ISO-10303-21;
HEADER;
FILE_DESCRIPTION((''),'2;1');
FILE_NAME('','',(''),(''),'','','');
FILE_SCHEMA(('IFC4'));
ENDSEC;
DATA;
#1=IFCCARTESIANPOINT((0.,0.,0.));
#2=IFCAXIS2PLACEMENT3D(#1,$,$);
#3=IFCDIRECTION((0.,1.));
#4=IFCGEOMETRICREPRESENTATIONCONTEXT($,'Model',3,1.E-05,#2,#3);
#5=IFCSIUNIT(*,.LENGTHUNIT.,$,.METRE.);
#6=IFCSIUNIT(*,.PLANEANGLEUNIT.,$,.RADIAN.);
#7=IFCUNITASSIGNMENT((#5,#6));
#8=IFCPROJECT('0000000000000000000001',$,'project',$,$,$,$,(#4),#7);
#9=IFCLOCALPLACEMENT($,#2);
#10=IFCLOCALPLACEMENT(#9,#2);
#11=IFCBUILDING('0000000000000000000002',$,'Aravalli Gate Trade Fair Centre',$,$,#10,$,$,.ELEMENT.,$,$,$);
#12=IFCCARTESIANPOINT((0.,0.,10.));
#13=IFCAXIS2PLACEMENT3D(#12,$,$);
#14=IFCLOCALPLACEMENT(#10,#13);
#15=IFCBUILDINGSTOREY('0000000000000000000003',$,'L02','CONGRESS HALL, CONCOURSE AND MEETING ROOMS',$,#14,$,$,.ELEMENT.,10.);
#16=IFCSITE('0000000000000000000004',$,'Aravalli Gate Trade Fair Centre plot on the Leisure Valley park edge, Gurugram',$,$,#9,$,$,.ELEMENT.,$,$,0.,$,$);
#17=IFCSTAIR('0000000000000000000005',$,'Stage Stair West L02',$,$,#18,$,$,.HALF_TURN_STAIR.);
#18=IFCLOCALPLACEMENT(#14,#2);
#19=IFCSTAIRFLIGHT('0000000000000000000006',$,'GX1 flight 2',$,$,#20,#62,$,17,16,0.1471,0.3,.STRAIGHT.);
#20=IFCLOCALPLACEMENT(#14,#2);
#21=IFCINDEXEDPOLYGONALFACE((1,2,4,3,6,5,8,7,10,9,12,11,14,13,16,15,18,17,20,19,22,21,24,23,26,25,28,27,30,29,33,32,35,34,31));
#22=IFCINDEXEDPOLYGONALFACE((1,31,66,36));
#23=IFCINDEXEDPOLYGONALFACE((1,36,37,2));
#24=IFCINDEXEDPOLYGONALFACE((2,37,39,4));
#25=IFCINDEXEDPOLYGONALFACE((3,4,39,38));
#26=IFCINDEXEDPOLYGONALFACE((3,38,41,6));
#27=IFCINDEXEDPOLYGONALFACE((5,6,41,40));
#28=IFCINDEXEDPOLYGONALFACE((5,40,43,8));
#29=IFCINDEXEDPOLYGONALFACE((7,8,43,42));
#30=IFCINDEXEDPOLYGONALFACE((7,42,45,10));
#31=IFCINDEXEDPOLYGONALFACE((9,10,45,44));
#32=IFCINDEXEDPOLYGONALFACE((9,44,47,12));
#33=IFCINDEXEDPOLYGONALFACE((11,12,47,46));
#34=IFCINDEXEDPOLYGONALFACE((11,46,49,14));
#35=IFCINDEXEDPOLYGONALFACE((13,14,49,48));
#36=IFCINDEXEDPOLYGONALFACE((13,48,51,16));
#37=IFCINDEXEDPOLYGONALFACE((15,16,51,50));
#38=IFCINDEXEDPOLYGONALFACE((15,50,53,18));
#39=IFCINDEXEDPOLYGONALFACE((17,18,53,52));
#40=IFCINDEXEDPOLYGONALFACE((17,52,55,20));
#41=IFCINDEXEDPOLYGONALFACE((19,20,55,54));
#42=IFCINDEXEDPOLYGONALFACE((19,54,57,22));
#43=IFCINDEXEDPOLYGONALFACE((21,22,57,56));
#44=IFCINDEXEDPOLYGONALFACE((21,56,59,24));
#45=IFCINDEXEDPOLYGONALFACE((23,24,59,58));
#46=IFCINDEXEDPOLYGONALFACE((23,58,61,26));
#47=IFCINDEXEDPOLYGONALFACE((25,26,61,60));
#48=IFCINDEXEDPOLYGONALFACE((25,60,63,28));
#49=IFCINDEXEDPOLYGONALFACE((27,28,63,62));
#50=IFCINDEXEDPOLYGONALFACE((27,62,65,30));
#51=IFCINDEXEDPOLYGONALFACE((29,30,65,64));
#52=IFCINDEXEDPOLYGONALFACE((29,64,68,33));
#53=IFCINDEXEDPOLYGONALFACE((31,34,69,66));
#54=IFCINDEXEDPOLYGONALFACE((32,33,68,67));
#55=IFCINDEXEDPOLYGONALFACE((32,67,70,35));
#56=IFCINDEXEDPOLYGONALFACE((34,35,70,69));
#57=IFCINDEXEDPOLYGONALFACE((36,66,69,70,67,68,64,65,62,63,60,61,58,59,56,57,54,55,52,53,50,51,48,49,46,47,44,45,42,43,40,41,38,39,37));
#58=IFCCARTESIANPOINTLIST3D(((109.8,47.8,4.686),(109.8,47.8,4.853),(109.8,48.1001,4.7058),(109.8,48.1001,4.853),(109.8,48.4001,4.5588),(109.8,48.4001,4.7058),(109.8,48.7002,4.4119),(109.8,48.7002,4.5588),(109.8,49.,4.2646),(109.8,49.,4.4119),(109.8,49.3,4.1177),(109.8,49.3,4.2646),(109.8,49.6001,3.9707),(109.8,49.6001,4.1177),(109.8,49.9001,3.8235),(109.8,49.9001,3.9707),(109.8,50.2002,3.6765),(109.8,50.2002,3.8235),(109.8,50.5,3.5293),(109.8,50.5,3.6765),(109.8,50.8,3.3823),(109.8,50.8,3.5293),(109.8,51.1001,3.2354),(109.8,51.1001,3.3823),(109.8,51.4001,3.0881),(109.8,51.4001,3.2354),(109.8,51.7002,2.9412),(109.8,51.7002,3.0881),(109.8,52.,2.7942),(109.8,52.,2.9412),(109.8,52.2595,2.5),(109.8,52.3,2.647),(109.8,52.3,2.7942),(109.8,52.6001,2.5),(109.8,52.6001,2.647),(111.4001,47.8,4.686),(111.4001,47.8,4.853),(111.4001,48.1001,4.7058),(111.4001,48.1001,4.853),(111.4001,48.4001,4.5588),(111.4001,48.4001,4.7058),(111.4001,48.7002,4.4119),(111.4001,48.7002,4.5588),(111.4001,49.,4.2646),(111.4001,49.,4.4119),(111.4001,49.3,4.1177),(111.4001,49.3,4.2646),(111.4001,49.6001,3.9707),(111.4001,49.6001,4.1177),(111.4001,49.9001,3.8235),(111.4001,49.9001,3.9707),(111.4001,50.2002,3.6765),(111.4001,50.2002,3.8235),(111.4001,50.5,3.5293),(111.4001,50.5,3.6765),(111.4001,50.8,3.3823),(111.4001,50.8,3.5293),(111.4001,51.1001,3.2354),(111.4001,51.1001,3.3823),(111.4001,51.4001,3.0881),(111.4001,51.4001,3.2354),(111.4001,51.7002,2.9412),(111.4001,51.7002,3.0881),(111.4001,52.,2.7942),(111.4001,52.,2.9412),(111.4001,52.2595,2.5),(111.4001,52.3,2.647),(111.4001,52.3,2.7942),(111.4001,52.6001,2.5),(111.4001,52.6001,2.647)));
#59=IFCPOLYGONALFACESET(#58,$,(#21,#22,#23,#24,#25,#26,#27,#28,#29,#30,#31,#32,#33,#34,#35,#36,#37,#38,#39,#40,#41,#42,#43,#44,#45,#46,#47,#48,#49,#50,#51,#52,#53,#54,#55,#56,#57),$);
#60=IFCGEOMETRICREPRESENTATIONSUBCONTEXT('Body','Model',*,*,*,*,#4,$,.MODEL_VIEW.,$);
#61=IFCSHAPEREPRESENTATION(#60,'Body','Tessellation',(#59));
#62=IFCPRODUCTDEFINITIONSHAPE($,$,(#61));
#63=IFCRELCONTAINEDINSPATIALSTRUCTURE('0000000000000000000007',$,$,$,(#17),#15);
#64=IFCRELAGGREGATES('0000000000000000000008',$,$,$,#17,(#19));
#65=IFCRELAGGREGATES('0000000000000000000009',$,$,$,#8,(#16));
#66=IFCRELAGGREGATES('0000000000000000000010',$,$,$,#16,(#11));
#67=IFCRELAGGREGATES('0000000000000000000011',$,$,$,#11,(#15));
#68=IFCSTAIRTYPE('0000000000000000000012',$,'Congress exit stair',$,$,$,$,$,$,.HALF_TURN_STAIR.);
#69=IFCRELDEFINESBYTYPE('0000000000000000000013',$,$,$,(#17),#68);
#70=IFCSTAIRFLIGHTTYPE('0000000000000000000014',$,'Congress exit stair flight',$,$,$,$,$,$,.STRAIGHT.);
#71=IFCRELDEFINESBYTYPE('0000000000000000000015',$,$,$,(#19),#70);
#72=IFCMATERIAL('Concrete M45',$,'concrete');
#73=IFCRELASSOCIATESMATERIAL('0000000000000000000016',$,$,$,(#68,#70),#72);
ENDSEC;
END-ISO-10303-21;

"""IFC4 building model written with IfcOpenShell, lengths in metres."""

from ifc_helpers import new_model, si_unit, direction, frame, origin, place, context, subcontext, project, spatial, polyline, outline, extrude, material, type_object, element, aggregate, save


model = new_model("IFC4")

# Units and contexts
model_context = context("Model", 3, precision=1e-05, world=origin(), true_north=direction((0.0, 1.0)))
body_context = subcontext(model_context, "Body", "Model", "MODEL_VIEW")
ifc_project = project(units=[si_unit("LENGTHUNIT", "METRE"), si_unit("PLANEANGLEUNIT", "RADIAN")], contexts=[model_context])

# Site, building, storey
site_placement = place(None, origin())
site = spatial("IfcSite", under=ifc_project, at=site_placement, Name="Aravalli Gate Trade Fair Centre plot on the Leisure Valley park edge, Gurugram", CompositionType="ELEMENT", RefElevation=0.0)
building_placement = place(site_placement, origin())
building = spatial("IfcBuilding", under=site, at=building_placement, Name="Aravalli Gate Trade Fair Centre", CompositionType="ELEMENT")
storey_placement = place(building_placement, frame((0.0, 0.0, 10.0)))
storey = spatial("IfcBuildingStorey", under=building, at=storey_placement, Name="L02", Description="CONGRESS HALL, CONCOURSE AND MEETING ROOMS", CompositionType="ELEMENT", Elevation=10.0)

# Shared definitions
ifc_material_1 = material(Name="Concrete M45", Category="concrete")

# Stair, stair flight
stair_type = type_object("IfcStairType", Name="Congress exit stair", PredefinedType="HALF_TURN_STAIR", material=ifc_material_1)
stair_placement = place(storey_placement, origin())
stair = element("IfcStair", 1, at=stair_placement, inside=storey, type_object=stair_type, Name="Stage Stair West L02", PredefinedType="HALF_TURN_STAIR")
stair_flight_type = type_object("IfcStairFlightType", Name="Congress exit stair flight", PredefinedType="STRAIGHT", material=ifc_material_1)
stair_flight_placement = place(storey_placement, frame((110.6001, 52.6001, 2.5), z_axis=(0.0, 0.0, 1.0), x_axis=(0.0, -1.0, 0.0)))
stair_flight = element("IfcStairFlight", 2, at=stair_flight_placement, type_object=stair_flight_type, Name="GX1 flight 2", NumberOfRisers=17, NumberOfTreads=16, PredefinedType="STRAIGHT", RiserHeight=0.1471, TreadLength=0.3, context=body_context, shape_type="SweptSolid", body=[
    extrude(outline(polyline([(0.0, 0.0), (0.0, 0.147), (0.3, 0.147), (0.3, 0.2942), (0.6001, 0.2942), (0.6001, 0.4412), (0.8999, 0.4412), (0.8999, 0.5881), (1.2, 0.5881), (1.2, 0.7354), (1.5, 0.7354), (1.5, 0.8823), (1.8, 0.8823), (1.8, 1.0293), (2.1001, 1.0293), (2.1001, 1.1765), (2.3999, 1.1765), (2.3999, 1.3235), (2.7, 1.3235), (2.7, 1.4707), (3.0, 1.4707), (3.0, 1.6177), (3.3, 1.6177), (3.3, 1.7646), (3.6001, 1.7646), (3.6001, 1.9119), (3.8999, 1.9119), (3.8999, 2.0588), (4.2, 2.0588), (4.2, 2.2058), (4.5, 2.2058), (4.5, 2.353), (4.8, 2.353), (4.8, 2.5), (4.8, 2.186), (0.3406, 0.0), (0.0, 0.0)])), frame((0.0, 0.8, 0.0), z_axis=(0.0, -1.0, 0.0), x_axis=(1.0, 0.0, 0.0)), (0.0, 0.0, 1.0), 1.6001),
])
aggregate(stair, [stair_flight])

save(model, "model.ifc")
